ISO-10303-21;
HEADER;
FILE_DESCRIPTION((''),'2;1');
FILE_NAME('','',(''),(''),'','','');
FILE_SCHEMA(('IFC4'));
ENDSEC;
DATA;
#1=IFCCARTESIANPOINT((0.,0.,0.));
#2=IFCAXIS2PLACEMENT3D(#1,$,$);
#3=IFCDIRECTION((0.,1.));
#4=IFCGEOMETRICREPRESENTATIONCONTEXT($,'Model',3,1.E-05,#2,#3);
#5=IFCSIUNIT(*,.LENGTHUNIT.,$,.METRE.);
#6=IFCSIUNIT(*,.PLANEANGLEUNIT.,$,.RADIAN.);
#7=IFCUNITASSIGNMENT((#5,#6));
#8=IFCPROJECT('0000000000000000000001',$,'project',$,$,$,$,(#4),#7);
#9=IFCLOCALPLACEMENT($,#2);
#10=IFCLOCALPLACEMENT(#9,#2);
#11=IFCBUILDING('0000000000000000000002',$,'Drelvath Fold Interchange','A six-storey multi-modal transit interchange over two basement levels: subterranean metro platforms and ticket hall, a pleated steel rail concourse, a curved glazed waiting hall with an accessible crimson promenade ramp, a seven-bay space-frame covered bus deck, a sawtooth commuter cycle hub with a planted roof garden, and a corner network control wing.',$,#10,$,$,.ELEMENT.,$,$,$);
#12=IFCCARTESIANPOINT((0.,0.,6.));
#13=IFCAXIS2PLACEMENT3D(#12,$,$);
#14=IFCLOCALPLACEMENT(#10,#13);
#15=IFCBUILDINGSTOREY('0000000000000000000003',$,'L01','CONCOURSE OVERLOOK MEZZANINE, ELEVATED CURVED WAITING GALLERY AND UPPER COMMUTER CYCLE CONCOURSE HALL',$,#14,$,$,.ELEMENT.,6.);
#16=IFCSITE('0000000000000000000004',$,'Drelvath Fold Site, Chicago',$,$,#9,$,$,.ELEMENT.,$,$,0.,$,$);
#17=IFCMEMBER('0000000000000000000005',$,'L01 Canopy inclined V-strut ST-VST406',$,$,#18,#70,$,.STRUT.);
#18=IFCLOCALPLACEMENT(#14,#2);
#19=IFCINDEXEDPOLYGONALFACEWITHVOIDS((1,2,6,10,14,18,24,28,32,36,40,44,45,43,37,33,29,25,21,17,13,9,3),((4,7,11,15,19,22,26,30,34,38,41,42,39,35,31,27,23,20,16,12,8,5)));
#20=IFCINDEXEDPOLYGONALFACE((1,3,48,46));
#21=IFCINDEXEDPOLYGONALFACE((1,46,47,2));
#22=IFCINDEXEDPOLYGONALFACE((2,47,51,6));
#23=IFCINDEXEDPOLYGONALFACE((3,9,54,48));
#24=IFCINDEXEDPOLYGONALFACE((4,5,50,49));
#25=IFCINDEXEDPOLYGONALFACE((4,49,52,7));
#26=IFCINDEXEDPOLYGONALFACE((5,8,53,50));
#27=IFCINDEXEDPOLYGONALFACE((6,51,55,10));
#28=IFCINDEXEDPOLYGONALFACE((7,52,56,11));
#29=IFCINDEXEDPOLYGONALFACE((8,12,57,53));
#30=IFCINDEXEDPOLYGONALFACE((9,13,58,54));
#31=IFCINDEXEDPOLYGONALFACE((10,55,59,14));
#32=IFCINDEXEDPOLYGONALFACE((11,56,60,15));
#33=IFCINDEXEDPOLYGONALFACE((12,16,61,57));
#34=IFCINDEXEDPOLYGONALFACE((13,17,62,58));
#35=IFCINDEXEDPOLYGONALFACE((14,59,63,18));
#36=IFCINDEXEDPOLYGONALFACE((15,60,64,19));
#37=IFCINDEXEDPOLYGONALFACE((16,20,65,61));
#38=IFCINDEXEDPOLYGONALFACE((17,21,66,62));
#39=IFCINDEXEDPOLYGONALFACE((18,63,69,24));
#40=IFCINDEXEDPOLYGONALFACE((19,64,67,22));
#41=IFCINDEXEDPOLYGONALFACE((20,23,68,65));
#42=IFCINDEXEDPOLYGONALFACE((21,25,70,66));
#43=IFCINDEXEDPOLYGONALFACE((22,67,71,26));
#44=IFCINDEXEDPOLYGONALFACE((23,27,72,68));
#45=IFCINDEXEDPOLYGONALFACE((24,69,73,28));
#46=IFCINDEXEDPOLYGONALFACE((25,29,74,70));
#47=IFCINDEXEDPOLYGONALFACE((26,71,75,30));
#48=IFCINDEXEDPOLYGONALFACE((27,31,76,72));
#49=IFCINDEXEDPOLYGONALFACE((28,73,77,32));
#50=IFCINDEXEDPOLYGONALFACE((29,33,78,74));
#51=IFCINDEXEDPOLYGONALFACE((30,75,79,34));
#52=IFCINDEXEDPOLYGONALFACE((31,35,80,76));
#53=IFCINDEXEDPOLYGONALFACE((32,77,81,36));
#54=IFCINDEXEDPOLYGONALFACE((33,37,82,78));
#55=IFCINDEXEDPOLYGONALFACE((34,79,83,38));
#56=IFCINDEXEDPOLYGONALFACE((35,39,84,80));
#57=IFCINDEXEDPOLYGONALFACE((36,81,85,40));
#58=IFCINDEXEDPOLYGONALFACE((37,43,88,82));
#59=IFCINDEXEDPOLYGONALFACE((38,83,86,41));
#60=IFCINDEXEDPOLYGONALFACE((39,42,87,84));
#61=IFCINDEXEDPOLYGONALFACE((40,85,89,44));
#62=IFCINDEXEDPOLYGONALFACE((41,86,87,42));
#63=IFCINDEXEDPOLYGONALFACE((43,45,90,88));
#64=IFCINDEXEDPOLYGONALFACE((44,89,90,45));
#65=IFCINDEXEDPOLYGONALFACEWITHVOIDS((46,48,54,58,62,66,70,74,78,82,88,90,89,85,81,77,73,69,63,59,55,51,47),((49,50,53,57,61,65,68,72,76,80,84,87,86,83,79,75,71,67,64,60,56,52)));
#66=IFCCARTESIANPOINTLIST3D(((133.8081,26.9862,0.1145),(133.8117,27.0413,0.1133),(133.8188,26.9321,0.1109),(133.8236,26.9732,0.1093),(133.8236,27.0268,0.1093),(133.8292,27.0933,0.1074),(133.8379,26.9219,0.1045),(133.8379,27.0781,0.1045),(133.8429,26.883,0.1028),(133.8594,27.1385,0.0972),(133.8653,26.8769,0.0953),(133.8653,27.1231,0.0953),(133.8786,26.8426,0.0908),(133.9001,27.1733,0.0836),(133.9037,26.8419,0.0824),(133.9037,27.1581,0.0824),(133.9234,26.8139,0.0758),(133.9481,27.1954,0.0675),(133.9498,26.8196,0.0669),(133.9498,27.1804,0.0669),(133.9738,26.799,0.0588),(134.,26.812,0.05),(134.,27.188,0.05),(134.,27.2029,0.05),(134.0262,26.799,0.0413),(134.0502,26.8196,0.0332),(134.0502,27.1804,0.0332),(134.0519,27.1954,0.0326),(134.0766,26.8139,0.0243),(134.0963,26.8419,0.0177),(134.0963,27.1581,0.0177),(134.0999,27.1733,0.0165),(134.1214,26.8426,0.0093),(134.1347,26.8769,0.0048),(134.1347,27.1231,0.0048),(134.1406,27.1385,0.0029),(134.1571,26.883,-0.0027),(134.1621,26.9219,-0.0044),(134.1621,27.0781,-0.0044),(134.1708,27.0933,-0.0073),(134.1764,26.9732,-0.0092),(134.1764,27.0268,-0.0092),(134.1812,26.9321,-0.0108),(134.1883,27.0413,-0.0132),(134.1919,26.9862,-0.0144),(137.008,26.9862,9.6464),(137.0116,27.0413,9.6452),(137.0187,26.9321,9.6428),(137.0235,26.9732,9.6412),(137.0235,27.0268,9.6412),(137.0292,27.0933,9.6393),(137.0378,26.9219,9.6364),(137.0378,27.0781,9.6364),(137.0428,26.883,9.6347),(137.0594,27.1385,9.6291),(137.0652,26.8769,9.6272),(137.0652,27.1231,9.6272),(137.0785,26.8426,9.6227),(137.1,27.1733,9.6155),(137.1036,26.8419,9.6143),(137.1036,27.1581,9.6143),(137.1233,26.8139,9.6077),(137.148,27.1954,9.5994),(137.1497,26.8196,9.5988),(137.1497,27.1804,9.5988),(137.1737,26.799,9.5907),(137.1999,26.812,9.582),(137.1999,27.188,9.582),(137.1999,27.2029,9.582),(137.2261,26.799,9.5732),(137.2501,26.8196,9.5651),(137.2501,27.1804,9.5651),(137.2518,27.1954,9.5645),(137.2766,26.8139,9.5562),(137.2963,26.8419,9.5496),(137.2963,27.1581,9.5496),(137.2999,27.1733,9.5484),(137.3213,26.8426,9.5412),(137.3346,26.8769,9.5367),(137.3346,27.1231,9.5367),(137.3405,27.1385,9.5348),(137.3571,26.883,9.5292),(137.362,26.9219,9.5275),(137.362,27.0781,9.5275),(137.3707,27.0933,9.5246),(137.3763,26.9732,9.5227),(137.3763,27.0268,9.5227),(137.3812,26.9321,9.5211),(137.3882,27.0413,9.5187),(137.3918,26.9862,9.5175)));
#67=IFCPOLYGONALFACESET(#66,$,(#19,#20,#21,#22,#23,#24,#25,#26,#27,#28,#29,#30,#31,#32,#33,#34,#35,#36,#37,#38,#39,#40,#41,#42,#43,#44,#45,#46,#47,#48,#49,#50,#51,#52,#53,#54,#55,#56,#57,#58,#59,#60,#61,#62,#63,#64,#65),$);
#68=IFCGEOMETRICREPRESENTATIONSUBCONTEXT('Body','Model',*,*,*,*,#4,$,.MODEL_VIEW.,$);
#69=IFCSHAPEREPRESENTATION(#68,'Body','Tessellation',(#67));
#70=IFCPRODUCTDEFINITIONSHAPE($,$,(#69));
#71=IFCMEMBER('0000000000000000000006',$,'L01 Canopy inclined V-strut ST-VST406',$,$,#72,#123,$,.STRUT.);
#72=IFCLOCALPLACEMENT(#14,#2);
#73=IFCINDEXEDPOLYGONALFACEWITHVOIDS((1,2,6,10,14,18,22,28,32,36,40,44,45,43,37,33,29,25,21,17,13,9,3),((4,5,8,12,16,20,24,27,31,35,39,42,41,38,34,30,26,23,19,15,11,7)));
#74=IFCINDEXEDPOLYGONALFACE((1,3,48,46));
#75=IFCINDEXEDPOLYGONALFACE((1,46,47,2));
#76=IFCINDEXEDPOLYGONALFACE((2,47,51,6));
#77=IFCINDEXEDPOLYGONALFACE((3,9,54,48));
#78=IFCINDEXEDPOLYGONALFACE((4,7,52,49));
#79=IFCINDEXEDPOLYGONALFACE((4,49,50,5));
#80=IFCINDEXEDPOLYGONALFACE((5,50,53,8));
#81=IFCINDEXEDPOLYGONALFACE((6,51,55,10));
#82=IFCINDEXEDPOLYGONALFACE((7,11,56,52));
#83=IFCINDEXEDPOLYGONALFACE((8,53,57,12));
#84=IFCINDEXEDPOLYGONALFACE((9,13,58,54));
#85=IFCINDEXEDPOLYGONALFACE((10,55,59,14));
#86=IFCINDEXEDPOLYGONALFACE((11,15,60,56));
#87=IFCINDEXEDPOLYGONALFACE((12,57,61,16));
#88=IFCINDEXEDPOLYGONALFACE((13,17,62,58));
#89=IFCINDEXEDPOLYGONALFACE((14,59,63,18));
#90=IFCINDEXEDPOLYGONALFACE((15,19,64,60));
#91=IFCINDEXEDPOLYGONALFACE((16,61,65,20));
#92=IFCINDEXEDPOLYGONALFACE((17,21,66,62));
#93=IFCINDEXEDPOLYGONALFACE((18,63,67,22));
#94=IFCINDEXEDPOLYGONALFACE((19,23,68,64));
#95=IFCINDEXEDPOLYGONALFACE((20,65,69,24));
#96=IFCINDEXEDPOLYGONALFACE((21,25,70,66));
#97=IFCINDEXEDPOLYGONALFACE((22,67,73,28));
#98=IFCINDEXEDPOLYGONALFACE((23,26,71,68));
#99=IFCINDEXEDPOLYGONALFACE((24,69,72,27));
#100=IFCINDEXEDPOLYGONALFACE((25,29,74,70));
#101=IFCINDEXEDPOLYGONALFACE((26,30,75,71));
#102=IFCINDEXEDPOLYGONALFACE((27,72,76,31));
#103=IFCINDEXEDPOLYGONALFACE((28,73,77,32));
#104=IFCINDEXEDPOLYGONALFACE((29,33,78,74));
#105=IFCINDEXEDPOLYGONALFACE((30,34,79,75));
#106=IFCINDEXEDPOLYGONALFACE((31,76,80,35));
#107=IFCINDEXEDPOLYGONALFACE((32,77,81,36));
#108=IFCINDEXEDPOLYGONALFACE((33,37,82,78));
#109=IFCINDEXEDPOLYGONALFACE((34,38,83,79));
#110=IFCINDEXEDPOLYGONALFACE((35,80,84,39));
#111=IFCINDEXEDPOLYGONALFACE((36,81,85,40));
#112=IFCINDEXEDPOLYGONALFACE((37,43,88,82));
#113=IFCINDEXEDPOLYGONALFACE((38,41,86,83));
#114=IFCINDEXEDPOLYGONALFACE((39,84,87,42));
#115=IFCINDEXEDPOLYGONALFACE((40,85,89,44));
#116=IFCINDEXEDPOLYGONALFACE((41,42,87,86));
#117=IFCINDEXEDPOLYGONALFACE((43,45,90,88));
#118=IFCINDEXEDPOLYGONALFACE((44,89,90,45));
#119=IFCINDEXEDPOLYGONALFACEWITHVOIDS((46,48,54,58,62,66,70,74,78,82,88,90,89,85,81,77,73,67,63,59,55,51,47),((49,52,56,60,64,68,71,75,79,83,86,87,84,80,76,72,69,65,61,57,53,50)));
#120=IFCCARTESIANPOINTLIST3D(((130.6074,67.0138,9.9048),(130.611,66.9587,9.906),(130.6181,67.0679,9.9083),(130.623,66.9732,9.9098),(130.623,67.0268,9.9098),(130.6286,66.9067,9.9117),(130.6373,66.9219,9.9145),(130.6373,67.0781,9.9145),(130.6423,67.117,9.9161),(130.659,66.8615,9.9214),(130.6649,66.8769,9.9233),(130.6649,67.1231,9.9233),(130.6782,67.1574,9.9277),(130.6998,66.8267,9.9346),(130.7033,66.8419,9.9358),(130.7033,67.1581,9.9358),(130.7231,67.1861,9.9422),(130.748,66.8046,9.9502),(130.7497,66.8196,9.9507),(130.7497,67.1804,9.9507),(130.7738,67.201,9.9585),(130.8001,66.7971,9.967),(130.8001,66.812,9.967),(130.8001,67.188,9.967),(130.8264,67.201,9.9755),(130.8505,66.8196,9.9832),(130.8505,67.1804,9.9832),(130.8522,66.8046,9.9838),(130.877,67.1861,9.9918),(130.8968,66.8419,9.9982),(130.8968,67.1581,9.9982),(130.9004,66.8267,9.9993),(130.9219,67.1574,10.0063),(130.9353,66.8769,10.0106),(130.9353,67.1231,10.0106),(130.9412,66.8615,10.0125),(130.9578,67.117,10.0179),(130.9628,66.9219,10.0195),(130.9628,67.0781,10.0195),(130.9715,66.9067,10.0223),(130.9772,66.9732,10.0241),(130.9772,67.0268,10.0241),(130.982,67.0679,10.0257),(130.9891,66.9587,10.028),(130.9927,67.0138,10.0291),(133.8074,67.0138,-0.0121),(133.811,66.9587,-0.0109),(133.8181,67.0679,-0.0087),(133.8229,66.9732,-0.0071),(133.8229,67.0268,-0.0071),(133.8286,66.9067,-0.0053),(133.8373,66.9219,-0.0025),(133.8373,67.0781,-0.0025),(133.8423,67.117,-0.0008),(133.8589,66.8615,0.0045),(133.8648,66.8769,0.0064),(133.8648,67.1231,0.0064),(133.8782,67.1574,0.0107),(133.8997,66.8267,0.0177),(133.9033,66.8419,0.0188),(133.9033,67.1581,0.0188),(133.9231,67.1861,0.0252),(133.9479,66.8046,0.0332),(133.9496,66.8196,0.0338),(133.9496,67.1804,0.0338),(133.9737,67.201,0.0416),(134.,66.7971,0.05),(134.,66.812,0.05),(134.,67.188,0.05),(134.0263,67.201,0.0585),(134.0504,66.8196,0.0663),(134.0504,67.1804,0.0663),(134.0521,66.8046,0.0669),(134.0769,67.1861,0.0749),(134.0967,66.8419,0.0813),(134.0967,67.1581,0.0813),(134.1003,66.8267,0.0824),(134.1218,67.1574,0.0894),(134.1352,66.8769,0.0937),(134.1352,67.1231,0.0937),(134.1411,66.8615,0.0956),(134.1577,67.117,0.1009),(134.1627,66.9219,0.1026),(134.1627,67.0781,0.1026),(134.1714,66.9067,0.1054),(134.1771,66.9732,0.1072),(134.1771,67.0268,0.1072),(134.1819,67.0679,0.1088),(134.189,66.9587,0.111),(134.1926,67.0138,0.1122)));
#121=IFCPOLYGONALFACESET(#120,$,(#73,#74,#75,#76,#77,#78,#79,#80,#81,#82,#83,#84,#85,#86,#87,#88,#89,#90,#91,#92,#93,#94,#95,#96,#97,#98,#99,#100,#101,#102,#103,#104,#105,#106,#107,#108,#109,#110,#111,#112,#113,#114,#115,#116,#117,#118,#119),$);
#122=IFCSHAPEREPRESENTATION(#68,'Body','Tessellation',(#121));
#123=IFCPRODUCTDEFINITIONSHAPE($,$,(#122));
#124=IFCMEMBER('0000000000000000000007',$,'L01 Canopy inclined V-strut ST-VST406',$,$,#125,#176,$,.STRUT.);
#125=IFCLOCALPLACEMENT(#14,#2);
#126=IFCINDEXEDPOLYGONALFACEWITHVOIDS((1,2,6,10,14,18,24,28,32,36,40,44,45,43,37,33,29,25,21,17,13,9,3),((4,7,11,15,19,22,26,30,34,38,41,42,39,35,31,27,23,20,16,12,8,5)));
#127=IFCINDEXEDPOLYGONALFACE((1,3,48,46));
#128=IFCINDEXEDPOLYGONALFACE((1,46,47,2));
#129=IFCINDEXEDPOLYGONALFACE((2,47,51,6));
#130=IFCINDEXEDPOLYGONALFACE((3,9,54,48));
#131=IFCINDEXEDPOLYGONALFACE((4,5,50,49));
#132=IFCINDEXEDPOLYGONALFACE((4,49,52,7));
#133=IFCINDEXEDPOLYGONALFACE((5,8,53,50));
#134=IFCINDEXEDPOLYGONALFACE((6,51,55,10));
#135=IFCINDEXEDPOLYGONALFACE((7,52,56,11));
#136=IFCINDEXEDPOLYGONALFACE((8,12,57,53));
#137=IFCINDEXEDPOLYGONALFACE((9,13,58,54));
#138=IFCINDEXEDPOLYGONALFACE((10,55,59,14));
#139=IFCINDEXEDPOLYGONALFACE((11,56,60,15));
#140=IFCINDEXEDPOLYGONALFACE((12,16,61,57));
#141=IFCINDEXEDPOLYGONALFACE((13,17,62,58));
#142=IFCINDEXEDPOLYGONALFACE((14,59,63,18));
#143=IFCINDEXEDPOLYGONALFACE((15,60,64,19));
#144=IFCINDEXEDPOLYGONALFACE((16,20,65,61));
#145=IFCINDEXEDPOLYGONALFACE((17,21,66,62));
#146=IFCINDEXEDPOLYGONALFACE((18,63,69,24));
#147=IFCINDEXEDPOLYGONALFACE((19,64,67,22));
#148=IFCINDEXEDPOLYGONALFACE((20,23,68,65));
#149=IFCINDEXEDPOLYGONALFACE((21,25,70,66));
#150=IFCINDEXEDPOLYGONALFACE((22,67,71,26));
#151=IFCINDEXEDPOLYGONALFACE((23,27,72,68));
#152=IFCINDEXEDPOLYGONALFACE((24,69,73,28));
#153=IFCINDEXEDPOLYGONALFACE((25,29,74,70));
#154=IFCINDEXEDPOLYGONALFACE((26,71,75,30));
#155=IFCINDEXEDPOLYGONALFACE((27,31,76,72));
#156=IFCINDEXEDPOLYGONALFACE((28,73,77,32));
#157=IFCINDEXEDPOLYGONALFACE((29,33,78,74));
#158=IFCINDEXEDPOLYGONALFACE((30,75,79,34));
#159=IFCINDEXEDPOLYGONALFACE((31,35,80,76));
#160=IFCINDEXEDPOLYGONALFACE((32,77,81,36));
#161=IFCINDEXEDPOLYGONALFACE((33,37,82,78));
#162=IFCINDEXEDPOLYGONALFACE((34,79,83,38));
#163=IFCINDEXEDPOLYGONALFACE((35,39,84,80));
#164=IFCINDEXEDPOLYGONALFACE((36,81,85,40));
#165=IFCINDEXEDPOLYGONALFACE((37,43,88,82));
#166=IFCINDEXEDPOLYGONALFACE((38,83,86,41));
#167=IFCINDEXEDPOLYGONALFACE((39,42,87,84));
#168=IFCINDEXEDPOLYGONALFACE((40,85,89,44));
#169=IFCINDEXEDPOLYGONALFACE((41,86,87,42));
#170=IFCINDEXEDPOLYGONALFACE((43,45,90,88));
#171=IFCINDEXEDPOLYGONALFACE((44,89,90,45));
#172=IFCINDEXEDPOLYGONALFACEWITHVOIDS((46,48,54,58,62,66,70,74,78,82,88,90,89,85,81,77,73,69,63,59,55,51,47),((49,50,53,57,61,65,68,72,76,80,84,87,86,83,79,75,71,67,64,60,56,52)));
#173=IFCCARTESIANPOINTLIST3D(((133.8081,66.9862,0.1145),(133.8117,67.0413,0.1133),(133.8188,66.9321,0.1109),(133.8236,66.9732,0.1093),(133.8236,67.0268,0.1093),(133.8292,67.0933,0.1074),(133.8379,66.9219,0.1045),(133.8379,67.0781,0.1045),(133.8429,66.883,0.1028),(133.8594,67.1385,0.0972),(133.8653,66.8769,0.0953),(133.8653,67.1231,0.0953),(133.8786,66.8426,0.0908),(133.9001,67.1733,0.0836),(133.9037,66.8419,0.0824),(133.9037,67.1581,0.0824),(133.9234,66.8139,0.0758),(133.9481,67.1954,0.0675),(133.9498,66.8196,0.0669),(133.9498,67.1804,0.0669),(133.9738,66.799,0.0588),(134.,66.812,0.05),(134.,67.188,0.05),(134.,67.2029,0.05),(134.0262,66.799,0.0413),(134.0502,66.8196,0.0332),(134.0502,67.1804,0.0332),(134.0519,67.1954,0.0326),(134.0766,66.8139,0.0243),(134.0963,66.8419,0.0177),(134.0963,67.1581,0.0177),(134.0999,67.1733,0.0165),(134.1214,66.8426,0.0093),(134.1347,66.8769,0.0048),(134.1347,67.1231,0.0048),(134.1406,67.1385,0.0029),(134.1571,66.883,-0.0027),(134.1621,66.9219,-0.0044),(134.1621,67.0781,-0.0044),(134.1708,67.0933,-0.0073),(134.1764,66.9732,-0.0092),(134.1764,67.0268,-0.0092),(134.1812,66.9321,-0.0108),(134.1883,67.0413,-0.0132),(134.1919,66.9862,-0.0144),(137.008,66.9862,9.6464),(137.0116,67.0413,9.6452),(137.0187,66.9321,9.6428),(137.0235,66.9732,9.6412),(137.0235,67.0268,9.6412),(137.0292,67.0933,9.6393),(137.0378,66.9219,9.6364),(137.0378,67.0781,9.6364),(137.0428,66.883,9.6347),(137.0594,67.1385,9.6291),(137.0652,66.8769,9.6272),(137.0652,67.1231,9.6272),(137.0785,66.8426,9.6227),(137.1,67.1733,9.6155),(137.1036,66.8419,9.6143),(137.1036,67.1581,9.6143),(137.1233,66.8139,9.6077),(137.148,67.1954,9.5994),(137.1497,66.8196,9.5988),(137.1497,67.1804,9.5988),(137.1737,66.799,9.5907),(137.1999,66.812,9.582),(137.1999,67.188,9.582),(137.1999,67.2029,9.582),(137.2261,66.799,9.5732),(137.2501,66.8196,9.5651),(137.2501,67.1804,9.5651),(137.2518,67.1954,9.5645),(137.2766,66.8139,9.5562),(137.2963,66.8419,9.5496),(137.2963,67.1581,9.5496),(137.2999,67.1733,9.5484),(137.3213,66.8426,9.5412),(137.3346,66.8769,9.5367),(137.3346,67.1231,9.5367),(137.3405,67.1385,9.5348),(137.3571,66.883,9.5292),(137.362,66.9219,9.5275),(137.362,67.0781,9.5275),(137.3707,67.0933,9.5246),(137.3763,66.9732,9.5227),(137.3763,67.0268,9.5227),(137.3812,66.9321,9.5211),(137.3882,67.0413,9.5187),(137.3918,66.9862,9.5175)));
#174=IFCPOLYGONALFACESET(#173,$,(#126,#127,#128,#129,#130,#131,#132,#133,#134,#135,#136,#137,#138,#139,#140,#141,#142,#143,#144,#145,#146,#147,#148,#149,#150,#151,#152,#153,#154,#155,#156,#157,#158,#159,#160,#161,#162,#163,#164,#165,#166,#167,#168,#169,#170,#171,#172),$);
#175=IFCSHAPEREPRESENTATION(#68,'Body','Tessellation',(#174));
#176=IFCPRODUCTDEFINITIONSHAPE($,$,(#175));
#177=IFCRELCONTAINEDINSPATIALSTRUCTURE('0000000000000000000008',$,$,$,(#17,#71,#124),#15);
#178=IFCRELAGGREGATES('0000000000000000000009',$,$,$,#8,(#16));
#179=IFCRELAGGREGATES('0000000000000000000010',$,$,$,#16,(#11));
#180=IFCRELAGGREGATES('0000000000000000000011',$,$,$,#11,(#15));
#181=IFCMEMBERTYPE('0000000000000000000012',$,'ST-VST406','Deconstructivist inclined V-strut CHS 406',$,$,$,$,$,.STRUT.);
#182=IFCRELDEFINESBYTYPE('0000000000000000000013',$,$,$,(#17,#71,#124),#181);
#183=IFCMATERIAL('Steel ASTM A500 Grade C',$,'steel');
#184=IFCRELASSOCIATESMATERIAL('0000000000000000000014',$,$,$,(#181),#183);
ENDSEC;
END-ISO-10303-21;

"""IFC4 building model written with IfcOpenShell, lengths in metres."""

from ifc_helpers import new_model, si_unit, direction, frame, origin, origin_2d, place, context, subcontext, project, spatial, hollow_circle, extrude, material, material_profile, profile_set, type_object, element, save


model = new_model("IFC4")

# Units and contexts
model_context = context("Model", 3, precision=1e-05, world=origin(), true_north=direction((0.0, 1.0)))
body_context = subcontext(model_context, "Body", "Model", "MODEL_VIEW")
ifc_project = project(units=[si_unit("LENGTHUNIT", "METRE"), si_unit("PLANEANGLEUNIT", "RADIAN")], contexts=[model_context])

# Site, building, storey
site_placement = place(None, origin())
site = spatial("IfcSite", under=ifc_project, at=site_placement, Name="Drelvath Fold Site, Chicago", CompositionType="ELEMENT", RefElevation=0.0)
building_placement = place(site_placement, origin())
building = spatial("IfcBuilding", under=site, at=building_placement, Name="Drelvath Fold Interchange", Description="A six-storey multi-modal transit interchange over two basement levels: subterranean metro platforms and ticket hall, a pleated steel rail concourse, a curved glazed waiting hall with an accessible crimson promenade ramp, a seven-bay space-frame covered bus deck, a sawtooth commuter cycle hub with a planted roof garden, and a corner network control wing.", CompositionType="ELEMENT")
storey_placement = place(building_placement, frame((0.0, 0.0, 6.0)))
storey = spatial("IfcBuildingStorey", under=building, at=storey_placement, Name="L01", Description="CONCOURSE OVERLOOK MEZZANINE, ELEVATED CURVED WAITING GALLERY AND UPPER COMMUTER CYCLE CONCOURSE HALL", CompositionType="ELEMENT", Elevation=6.0)

# Shared definitions
ifc_material_1 = material(Name="Steel ASTM A500 Grade C", Category="steel")

# Members
ifc_material_profile_1 = material_profile(ifc_material_1, hollow_circle(Radius=0.2029, WallThickness=0.0149, at=origin_2d()), Name="HSS16.000X0.625")
ifc_profile_set_1 = profile_set([ifc_material_profile_1], Name="Steel ASTM A500 Grade C")
member_type = type_object("IfcMemberType", Name="ST-VST406", Description="Deconstructivist inclined V-strut CHS 406", PredefinedType="STRUT", material=ifc_profile_set_1)
member_1_placement = place(storey_placement, frame((134.0, 27.0, 0.05), z_axis=(0.318252, 0.0, 0.948006), x_axis=(0.0, 1.0, 0.0)))
element("IfcMember", 1, at=member_1_placement, inside=storey, type_object=member_type, Name="L01 Canopy inclined V-strut ST-VST406", PredefinedType="STRUT", context=body_context, shape_type="SweptSolid", body=[
    extrude(hollow_circle(Radius=0.2029, WallThickness=0.0149, at=origin_2d()), origin(), (0.0, 0.0, 1.0), 10.0547),
])
member_2_placement = place(storey_placement, frame((134.0, 67.0, 0.05), z_axis=(-0.307083, 0.0, 0.951683), x_axis=(0.0, -1.0, 0.0)))
element("IfcMember", 2, at=member_2_placement, inside=storey, type_object=member_type, Name="L01 Canopy inclined V-strut ST-VST406", PredefinedType="STRUT", context=body_context, shape_type="SweptSolid", body=[
    extrude(hollow_circle(Radius=0.2029, WallThickness=0.0149, at=origin_2d()), origin(), (0.0, 0.0, 1.0), 10.4204),
])
member_3_placement = place(storey_placement, frame((134.0, 67.0, 0.05), z_axis=(0.318252, 0.0, 0.948006), x_axis=(0.0, 1.0, 0.0)))
element("IfcMember", 3, at=member_3_placement, inside=storey, type_object=member_type, Name="L01 Canopy inclined V-strut ST-VST406", PredefinedType="STRUT", context=body_context, shape_type="SweptSolid", body=[
    extrude(hollow_circle(Radius=0.2029, WallThickness=0.0149, at=origin_2d()), origin(), (0.0, 0.0, 1.0), 10.0547),
])

save(model, "model.ifc")
